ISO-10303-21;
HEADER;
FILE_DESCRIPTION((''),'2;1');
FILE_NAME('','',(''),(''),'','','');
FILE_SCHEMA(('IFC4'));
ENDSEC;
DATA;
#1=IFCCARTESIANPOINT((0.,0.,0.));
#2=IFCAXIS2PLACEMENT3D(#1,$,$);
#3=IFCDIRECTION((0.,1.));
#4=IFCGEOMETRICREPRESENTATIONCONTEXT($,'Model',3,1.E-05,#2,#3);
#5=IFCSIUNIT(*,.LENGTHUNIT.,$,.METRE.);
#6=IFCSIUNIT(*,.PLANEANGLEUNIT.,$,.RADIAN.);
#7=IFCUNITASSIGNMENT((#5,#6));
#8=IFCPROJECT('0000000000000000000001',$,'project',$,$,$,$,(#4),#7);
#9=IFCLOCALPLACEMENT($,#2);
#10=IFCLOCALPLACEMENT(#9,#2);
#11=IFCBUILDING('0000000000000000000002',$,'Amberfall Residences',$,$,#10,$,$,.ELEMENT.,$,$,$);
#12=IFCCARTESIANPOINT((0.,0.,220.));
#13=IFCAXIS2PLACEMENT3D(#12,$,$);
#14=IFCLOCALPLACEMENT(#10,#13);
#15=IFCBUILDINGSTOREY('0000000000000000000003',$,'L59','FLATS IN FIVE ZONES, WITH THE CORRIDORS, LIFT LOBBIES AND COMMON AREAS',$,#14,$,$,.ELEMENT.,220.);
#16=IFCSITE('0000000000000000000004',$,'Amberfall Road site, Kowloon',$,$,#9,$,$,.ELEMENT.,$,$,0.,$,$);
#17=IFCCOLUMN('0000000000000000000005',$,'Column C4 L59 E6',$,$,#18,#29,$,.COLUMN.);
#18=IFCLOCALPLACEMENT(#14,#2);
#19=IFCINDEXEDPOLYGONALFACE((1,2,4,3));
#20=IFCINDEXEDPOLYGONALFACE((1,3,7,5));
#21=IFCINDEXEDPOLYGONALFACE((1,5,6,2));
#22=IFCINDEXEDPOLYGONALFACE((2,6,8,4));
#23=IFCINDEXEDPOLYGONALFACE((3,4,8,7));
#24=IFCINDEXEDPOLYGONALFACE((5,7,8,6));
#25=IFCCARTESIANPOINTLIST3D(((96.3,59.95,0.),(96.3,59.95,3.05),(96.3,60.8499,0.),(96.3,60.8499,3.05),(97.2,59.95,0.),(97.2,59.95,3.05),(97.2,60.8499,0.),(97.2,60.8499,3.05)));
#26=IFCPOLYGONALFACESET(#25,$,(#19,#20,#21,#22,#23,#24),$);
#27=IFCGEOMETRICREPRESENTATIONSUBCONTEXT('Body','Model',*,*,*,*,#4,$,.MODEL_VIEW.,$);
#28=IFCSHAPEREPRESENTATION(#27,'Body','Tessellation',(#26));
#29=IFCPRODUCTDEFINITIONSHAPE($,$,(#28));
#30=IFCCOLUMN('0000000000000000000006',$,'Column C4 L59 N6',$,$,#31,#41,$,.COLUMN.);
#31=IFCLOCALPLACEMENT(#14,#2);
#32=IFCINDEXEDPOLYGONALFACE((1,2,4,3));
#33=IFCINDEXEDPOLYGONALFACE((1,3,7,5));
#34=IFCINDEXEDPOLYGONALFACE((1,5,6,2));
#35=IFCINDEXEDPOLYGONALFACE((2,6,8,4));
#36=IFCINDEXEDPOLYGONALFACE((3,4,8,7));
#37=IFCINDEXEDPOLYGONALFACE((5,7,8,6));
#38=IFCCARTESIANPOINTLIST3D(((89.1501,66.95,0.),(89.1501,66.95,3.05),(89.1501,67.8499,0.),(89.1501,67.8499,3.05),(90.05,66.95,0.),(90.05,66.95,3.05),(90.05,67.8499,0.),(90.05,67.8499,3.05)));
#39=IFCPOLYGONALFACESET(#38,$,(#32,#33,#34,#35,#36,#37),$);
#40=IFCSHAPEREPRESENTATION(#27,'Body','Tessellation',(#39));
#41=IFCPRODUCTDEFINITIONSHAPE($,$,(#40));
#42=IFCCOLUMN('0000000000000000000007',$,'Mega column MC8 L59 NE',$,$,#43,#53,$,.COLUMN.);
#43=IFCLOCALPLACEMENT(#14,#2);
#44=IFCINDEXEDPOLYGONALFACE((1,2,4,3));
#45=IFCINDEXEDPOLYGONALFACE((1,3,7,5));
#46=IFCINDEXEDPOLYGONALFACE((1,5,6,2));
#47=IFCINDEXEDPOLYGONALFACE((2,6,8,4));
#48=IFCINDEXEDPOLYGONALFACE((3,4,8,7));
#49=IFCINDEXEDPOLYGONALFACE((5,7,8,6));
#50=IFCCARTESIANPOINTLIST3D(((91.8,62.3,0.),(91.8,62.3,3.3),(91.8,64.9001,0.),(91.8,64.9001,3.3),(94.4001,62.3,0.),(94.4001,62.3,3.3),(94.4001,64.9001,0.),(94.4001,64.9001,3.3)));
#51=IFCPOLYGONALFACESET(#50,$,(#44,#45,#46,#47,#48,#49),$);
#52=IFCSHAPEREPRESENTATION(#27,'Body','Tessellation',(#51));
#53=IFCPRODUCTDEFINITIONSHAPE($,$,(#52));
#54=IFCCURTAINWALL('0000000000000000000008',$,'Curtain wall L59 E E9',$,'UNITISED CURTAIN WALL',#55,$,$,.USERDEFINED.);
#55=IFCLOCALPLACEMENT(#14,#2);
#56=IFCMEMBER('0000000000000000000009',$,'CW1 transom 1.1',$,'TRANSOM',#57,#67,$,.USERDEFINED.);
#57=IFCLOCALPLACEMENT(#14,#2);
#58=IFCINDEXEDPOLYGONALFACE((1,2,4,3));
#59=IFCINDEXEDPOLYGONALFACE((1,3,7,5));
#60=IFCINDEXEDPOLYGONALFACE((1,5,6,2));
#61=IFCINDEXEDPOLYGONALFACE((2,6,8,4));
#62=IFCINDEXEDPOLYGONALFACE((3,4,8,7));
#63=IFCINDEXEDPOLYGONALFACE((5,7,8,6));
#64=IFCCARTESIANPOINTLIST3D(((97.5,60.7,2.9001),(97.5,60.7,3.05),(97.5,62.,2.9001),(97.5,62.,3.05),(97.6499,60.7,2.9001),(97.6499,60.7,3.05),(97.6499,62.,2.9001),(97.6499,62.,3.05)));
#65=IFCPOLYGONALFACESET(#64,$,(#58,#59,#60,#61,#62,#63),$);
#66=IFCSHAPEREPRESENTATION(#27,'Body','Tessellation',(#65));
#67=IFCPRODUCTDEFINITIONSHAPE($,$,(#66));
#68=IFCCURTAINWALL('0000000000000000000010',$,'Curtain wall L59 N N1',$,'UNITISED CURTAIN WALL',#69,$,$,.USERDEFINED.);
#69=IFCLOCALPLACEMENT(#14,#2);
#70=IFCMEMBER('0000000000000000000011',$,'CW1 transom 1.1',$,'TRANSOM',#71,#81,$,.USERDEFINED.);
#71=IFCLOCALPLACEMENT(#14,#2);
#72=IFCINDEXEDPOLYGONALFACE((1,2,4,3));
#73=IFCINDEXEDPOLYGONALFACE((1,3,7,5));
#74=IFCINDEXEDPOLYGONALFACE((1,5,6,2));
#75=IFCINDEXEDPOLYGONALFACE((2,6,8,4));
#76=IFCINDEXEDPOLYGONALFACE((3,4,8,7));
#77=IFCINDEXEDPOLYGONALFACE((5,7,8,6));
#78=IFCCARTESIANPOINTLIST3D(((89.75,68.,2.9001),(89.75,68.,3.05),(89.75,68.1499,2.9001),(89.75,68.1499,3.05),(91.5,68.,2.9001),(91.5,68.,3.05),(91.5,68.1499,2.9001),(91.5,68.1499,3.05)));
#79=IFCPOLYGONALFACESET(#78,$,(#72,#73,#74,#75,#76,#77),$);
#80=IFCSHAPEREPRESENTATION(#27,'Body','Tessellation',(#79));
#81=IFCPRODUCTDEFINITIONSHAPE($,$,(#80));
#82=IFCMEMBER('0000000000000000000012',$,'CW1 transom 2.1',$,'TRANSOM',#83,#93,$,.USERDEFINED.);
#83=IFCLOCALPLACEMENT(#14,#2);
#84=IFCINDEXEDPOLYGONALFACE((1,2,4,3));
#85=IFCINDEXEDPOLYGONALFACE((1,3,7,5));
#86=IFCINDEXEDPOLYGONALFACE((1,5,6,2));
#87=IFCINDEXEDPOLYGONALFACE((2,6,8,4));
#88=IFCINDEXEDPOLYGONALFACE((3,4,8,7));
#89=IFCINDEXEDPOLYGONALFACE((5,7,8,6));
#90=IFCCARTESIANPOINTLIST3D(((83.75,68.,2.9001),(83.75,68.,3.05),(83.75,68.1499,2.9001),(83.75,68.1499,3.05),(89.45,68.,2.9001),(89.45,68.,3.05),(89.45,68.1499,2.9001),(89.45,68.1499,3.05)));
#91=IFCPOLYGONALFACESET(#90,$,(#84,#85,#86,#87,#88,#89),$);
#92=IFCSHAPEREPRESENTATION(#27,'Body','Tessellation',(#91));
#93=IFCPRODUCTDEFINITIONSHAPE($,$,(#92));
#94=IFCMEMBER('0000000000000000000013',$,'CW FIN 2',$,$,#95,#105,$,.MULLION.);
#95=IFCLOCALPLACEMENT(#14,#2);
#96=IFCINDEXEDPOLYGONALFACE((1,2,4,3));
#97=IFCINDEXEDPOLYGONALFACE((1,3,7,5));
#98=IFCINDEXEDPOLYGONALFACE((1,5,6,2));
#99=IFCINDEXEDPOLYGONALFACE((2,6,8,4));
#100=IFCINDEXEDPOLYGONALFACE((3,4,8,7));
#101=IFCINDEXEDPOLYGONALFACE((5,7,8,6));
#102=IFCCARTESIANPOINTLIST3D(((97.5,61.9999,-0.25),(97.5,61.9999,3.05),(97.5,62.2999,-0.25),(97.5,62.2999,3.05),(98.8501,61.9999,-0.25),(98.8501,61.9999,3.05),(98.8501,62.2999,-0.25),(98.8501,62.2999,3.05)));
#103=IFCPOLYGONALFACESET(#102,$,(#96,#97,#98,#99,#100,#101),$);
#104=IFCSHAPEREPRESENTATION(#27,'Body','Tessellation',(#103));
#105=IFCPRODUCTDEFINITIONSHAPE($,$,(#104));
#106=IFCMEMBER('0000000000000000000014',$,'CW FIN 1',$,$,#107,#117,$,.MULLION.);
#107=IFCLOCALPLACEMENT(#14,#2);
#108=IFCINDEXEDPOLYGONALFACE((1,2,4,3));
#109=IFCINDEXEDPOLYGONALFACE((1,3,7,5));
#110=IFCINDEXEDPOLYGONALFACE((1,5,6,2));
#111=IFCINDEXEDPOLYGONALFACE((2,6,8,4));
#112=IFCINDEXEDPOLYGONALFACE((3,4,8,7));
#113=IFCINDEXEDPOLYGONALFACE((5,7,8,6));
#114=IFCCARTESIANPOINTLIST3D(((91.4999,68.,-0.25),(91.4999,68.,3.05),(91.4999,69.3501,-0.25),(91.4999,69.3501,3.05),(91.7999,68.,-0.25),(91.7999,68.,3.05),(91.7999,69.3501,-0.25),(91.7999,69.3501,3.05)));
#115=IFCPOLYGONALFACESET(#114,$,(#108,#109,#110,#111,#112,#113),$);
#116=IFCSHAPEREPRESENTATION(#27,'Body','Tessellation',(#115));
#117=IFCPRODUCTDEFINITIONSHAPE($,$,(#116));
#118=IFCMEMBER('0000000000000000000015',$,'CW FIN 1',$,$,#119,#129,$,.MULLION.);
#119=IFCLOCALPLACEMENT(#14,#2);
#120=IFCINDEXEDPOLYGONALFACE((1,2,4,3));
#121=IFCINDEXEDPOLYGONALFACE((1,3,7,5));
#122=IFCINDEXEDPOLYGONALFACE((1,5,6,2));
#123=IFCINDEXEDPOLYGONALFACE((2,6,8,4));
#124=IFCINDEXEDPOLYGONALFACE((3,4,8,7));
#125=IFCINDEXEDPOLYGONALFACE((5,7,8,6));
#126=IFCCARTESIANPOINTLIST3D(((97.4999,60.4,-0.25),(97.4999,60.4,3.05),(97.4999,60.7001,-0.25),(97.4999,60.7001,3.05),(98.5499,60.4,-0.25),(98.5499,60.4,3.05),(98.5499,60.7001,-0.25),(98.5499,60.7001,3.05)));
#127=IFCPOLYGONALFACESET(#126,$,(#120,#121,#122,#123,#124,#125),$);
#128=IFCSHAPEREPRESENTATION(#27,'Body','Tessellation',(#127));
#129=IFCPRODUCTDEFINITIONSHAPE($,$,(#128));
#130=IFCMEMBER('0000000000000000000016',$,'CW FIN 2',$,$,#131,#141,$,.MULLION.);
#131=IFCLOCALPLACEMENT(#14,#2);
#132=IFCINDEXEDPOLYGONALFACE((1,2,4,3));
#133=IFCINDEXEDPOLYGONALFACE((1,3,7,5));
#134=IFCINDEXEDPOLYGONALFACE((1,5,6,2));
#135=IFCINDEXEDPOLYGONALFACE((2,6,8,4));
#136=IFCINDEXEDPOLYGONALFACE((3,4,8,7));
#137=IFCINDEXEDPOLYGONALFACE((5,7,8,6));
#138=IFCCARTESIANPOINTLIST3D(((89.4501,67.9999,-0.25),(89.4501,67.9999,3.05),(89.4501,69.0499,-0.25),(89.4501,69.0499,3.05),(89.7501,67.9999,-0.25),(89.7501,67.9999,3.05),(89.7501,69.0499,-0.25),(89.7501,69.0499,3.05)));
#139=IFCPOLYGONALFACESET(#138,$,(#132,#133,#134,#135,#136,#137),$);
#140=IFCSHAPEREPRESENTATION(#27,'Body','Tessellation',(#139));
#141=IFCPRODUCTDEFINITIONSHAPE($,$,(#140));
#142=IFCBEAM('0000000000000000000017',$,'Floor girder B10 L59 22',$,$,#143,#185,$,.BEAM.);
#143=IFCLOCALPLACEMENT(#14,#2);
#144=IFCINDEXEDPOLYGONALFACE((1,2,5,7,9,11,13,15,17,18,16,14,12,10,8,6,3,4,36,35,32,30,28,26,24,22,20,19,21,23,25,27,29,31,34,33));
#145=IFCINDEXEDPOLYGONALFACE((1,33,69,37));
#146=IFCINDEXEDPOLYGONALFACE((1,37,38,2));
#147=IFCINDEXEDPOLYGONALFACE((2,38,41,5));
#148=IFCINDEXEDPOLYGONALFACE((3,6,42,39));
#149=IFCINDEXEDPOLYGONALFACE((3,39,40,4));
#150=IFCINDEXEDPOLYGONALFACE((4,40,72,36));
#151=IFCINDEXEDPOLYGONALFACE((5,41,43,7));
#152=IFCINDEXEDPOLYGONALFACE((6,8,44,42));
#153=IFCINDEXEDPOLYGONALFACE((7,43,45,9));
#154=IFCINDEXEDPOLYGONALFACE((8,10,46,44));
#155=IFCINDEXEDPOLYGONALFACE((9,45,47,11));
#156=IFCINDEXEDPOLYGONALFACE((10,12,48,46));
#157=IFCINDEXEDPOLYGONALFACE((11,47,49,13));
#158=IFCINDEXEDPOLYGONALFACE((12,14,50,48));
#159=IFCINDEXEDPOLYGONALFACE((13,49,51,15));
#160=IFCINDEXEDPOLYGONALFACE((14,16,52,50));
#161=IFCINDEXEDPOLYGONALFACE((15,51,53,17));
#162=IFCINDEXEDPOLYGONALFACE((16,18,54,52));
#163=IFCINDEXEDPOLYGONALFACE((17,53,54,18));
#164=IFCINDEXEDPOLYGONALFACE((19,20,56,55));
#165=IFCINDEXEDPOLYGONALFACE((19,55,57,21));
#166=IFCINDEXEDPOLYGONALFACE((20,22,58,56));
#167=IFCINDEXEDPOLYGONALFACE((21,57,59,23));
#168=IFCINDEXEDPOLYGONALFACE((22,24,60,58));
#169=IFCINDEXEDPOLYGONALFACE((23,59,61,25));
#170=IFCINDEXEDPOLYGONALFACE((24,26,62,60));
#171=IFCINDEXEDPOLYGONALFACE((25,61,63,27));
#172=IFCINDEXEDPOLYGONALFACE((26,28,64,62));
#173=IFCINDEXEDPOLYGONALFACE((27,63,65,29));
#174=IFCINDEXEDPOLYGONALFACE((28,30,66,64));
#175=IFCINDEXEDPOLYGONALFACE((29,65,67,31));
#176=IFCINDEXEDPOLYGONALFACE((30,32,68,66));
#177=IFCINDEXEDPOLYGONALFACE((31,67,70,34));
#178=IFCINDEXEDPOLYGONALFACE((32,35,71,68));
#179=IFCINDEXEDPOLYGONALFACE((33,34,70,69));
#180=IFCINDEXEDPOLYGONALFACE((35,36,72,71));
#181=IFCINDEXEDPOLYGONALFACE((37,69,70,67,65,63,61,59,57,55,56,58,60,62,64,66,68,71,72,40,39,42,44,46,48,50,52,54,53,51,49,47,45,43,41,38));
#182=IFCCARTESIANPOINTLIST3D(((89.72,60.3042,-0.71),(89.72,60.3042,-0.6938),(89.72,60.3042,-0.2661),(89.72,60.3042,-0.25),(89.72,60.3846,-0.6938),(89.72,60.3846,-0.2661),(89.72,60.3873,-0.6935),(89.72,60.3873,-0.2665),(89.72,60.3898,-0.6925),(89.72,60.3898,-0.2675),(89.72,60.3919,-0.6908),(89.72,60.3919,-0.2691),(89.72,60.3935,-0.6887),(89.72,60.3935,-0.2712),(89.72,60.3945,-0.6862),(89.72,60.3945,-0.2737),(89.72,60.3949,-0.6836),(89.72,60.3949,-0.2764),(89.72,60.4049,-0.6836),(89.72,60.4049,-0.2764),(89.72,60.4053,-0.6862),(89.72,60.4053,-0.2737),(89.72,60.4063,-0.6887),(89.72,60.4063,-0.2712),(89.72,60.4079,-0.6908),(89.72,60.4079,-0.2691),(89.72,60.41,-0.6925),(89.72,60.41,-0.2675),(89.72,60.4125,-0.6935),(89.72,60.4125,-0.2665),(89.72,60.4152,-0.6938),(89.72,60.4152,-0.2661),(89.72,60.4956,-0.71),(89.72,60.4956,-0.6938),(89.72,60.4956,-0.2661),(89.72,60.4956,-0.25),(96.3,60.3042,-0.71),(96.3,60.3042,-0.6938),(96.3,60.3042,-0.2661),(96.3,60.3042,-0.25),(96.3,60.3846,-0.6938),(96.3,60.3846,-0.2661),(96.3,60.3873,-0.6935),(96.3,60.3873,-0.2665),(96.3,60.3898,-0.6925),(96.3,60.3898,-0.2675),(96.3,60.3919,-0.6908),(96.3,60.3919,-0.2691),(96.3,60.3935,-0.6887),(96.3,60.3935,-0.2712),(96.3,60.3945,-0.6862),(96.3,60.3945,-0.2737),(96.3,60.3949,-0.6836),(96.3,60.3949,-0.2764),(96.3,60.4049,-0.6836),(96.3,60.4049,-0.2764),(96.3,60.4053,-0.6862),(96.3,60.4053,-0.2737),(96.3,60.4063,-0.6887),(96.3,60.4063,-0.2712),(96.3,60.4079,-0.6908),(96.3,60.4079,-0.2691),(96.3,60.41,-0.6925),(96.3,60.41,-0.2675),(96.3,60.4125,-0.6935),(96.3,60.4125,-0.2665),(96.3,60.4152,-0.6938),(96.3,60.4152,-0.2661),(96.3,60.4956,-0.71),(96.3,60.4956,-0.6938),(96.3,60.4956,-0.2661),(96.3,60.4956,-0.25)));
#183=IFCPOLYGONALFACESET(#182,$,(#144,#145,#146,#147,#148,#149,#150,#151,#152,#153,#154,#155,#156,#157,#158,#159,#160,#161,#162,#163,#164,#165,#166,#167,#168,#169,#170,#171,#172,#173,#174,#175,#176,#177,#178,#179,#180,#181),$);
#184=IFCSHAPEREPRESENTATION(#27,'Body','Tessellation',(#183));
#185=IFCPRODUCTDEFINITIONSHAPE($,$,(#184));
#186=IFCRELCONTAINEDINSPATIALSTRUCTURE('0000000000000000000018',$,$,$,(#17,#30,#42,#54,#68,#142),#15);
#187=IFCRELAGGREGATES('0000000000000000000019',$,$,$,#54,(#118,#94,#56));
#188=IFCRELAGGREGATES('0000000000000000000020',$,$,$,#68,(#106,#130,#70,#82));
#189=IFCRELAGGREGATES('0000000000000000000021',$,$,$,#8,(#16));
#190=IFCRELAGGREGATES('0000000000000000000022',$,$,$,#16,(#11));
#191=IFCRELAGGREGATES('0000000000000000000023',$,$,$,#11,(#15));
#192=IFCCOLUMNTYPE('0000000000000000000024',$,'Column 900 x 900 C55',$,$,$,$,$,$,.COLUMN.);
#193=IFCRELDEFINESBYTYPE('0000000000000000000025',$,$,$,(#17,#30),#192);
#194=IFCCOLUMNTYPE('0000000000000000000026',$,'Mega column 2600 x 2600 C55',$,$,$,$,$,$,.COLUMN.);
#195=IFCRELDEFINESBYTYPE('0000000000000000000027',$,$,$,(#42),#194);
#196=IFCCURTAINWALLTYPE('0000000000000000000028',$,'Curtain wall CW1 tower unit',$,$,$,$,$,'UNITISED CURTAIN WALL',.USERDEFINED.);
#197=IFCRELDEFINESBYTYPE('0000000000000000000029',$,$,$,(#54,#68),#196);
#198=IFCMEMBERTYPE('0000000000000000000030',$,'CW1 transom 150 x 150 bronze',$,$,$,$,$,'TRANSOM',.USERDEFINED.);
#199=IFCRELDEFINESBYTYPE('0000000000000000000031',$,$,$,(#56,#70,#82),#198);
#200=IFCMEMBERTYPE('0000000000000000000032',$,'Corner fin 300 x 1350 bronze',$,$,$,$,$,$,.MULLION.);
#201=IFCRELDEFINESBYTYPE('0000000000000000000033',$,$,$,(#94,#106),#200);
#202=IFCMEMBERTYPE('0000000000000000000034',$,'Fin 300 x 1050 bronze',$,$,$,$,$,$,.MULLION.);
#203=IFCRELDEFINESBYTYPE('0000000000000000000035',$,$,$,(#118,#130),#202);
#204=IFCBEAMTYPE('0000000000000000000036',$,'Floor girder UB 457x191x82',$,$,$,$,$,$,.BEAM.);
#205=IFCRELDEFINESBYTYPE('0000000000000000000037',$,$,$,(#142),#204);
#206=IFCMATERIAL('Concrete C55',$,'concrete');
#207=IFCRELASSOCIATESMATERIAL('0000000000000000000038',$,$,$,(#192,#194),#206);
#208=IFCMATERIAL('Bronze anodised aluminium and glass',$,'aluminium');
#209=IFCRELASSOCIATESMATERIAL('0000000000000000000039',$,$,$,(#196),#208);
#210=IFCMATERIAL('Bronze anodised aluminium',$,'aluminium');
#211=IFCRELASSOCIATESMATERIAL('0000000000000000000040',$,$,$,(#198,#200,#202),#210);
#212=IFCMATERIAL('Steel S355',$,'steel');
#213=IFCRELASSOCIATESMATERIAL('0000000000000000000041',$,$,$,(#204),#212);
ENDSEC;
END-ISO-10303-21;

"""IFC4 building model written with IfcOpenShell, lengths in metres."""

from ifc_helpers import new_model, si_unit, direction, frame, origin, origin_2d, place, context, subcontext, project, spatial, rectangle, i_section, extrude, material, material_profile, profile_set, type_object, element, aggregate, save


model = new_model("IFC4")

# Units and contexts
model_context = context("Model", 3, precision=1e-05, world=origin(), true_north=direction((0.0, 1.0)))
body_context = subcontext(model_context, "Body", "Model", "MODEL_VIEW")
ifc_project = project(units=[si_unit("LENGTHUNIT", "METRE"), si_unit("PLANEANGLEUNIT", "RADIAN")], contexts=[model_context])

# Site, building, storey
site_placement = place(None, origin())
site = spatial("IfcSite", under=ifc_project, at=site_placement, Name="Amberfall Road site, Kowloon", CompositionType="ELEMENT", RefElevation=0.0)
building_placement = place(site_placement, origin())
building = spatial("IfcBuilding", under=site, at=building_placement, Name="Amberfall Residences", CompositionType="ELEMENT")
storey_placement = place(building_placement, frame((0.0, 0.0, 220.0)))
storey = spatial("IfcBuildingStorey", under=building, at=storey_placement, Name="L59", Description="FLATS IN FIVE ZONES, WITH THE CORRIDORS, LIFT LOBBIES AND COMMON AREAS", CompositionType="ELEMENT", Elevation=220.0)

# Columns
ifc_material_1 = material(Name="Concrete C55", Category="concrete")
ifc_material_profile_1 = material_profile(ifc_material_1, rectangle(XDim=0.8999, YDim=0.8999, at=origin_2d()), Name="Column 900 x 900 C55")
ifc_profile_set_1 = profile_set([ifc_material_profile_1], Name="Concrete C55")
column_type_1 = type_object("IfcColumnType", Name="Column 900 x 900 C55", PredefinedType="COLUMN", material=ifc_profile_set_1)
for number, where, z_axis, x_axis, name in (
    (1, (96.75, 60.3999, 0.0), (0.0, 0.0, 1.0), (1.0, 0.0, 0.0), "Column C4 L59 E6"),
    (2, (89.6001, 67.3999, 0.0), (0.0, 0.0, 1.0), (1.0, 0.0, 0.0), "Column C4 L59 N6"),
):
    element("IfcColumn", number, at=place(storey_placement, frame(where, z_axis=z_axis, x_axis=x_axis)), inside=storey, type_object=column_type_1, Name=name, PredefinedType="COLUMN", context=body_context, shape_type="SweptSolid", body=[
        extrude(rectangle(XDim=0.8999, YDim=0.8999, at=origin_2d()), origin(), (0.0, 0.0, 1.0), 3.05),
    ])
ifc_material_profile_2 = material_profile(ifc_material_1, rectangle(XDim=2.6001, YDim=2.6001, at=origin_2d()), Name="Mega column 2600 x 2600 C55")
ifc_profile_set_2 = profile_set([ifc_material_profile_2], Name="Concrete C55")
column_type_2 = type_object("IfcColumnType", Name="Mega column 2600 x 2600 C55", PredefinedType="COLUMN", material=ifc_profile_set_2)
column_placement = place(storey_placement, frame((93.1001, 63.6001, 0.0), z_axis=(0.0, 0.0, 1.0), x_axis=(1.0, 0.0, 0.0)))
element("IfcColumn", 3, at=column_placement, inside=storey, type_object=column_type_2, Name="Mega column MC8 L59 NE", PredefinedType="COLUMN", context=body_context, shape_type="SweptSolid", body=[
    extrude(rectangle(XDim=2.6001, YDim=2.6001, at=origin_2d()), origin(), (0.0, 0.0, 1.0), 3.3),
])

# Curtain wall, member
ifc_material_2 = material(Name="Bronze anodised aluminium and glass", Category="aluminium")
curtain_wall_type = type_object("IfcCurtainWallType", Name="Curtain wall CW1 tower unit", ElementType="UNITISED CURTAIN WALL", PredefinedType="USERDEFINED", material=ifc_material_2)
curtain_wall_1_placement = place(storey_placement, origin())
curtain_wall_1 = element("IfcCurtainWall", 4, at=curtain_wall_1_placement, inside=storey, type_object=curtain_wall_type, Name="Curtain wall L59 E E9", ObjectType="UNITISED CURTAIN WALL", PredefinedType="USERDEFINED")
ifc_material_3 = material(Name="Bronze anodised aluminium", Category="aluminium")
ifc_material_profile_3 = material_profile(ifc_material_3, rectangle(XDim=0.1499, YDim=0.1499, at=origin_2d()), Name="CW1 transom 150 x 150 bronze")
ifc_profile_set_3 = profile_set([ifc_material_profile_3], Name="Bronze anodised aluminium")
member_type_1 = type_object("IfcMemberType", Name="CW1 transom 150 x 150 bronze", ElementType="TRANSOM", PredefinedType="USERDEFINED", material=ifc_profile_set_3)
member_1_placement = place(storey_placement, frame((97.575, 60.7, 2.9751), z_axis=(0.0, 1.0, 0.0), x_axis=(-1.0, 0.0, 0.0)))
member_1 = element("IfcMember", 5, at=member_1_placement, type_object=member_type_1, Name="CW1 transom 1.1", ObjectType="TRANSOM", PredefinedType="USERDEFINED", context=body_context, shape_type="SweptSolid", body=[
    extrude(rectangle(XDim=0.1499, YDim=0.1499, at=origin_2d()), origin(), (0.0, 0.0, 1.0), 1.3),
])

# Curtain wall, members
curtain_wall_2_placement = place(storey_placement, origin())
curtain_wall_2 = element("IfcCurtainWall", 6, at=curtain_wall_2_placement, inside=storey, type_object=curtain_wall_type, Name="Curtain wall L59 N N1", ObjectType="UNITISED CURTAIN WALL", PredefinedType="USERDEFINED")
member_2_placement = place(storey_placement, frame((91.5, 68.075, 2.9751), z_axis=(-1.0, 0.0, 0.0), x_axis=(0.0, -1.0, 0.0)))
member_2 = element("IfcMember", 7, at=member_2_placement, type_object=member_type_1, Name="CW1 transom 1.1", ObjectType="TRANSOM", PredefinedType="USERDEFINED", context=body_context, shape_type="SweptSolid", body=[
    extrude(rectangle(XDim=0.1499, YDim=0.1499, at=origin_2d()), origin(), (0.0, 0.0, 1.0), 1.75),
])
member_3_placement = place(storey_placement, frame((89.45, 68.075, 2.9751), z_axis=(-1.0, 0.0, 0.0), x_axis=(0.0, -1.0, 0.0)))
member_3 = element("IfcMember", 8, at=member_3_placement, type_object=member_type_1, Name="CW1 transom 2.1", ObjectType="TRANSOM", PredefinedType="USERDEFINED", context=body_context, shape_type="SweptSolid", body=[
    extrude(rectangle(XDim=0.1499, YDim=0.1499, at=origin_2d()), origin(), (0.0, 0.0, 1.0), 5.7),
])

# Members
ifc_material_profile_4 = material_profile(ifc_material_3, rectangle(XDim=1.3501, YDim=0.3, at=origin_2d()), Name="Corner fin 300 x 1350 bronze")
ifc_profile_set_4 = profile_set([ifc_material_profile_4], Name="Bronze anodised aluminium")
member_type_2 = type_object("IfcMemberType", Name="Corner fin 300 x 1350 bronze", PredefinedType="MULLION", material=ifc_profile_set_4)
member_4_placement = place(storey_placement, frame((98.175, 62.1499, -0.25), z_axis=(0.0, 0.0, 1.0), x_axis=(-1.0, 0.0, 0.0)))
member_4 = element("IfcMember", 9, at=member_4_placement, type_object=member_type_2, Name="CW FIN 2", PredefinedType="MULLION", context=body_context, shape_type="SweptSolid", body=[
    extrude(rectangle(XDim=1.3501, YDim=0.3, at=origin_2d()), origin(), (0.0, 0.0, 1.0), 3.3),
])
member_5_placement = place(storey_placement, frame((91.6499, 68.675, -0.25), z_axis=(0.0, 0.0, 1.0), x_axis=(0.0, -1.0, 0.0)))
member_5 = element("IfcMember", 10, at=member_5_placement, type_object=member_type_2, Name="CW FIN 1", PredefinedType="MULLION", context=body_context, shape_type="SweptSolid", body=[
    extrude(rectangle(XDim=1.3501, YDim=0.3, at=origin_2d()), origin(), (0.0, 0.0, 1.0), 3.3),
])
ifc_material_profile_5 = material_profile(ifc_material_3, rectangle(XDim=1.05, YDim=0.3, at=origin_2d()), Name="Fin 300 x 1050 bronze")
ifc_profile_set_5 = profile_set([ifc_material_profile_5], Name="Bronze anodised aluminium")
member_type_3 = type_object("IfcMemberType", Name="Fin 300 x 1050 bronze", PredefinedType="MULLION", material=ifc_profile_set_5)
member_6_placement = place(storey_placement, frame((98.0249, 60.55, -0.25), z_axis=(0.0, 0.0, 1.0), x_axis=(-1.0, 0.0, 0.0)))
member_6 = element("IfcMember", 11, at=member_6_placement, type_object=member_type_3, Name="CW FIN 1", PredefinedType="MULLION", context=body_context, shape_type="SweptSolid", body=[
    extrude(rectangle(XDim=1.05, YDim=0.3, at=origin_2d()), origin(), (0.0, 0.0, 1.0), 3.3),
])
member_7_placement = place(storey_placement, frame((89.6001, 68.5249, -0.25), z_axis=(0.0, 0.0, 1.0), x_axis=(0.0, -1.0, 0.0)))
member_7 = element("IfcMember", 12, at=member_7_placement, type_object=member_type_3, Name="CW FIN 2", PredefinedType="MULLION", context=body_context, shape_type="SweptSolid", body=[
    extrude(rectangle(XDim=1.05, YDim=0.3, at=origin_2d()), origin(), (0.0, 0.0, 1.0), 3.3),
])

# Beam
ifc_material_4 = material(Name="Steel S355", Category="steel")
ifc_material_profile_6 = material_profile(ifc_material_4, i_section(OverallWidth=0.1914, OverallDepth=0.46, WebThickness=0.01, FlangeThickness=0.0161, FilletRadius=0.0103, at=origin_2d()), Name="UB 457x191x82")
ifc_profile_set_6 = profile_set([ifc_material_profile_6], Name="Steel S355")
beam_type_1 = type_object("IfcBeamType", Name="Floor girder UB 457x191x82", PredefinedType="BEAM", material=ifc_profile_set_6)
beam_1_placement = place(storey_placement, frame((96.3, 60.3999, -0.48), z_axis=(-1.0, 0.0, 0.0), x_axis=(0.0, -1.0, 0.0)))
element("IfcBeam", 13, at=beam_1_placement, inside=storey, type_object=beam_type_1, Name="Floor girder B10 L59 22", PredefinedType="BEAM", context=body_context, shape_type="SweptSolid", body=[
    extrude(i_section(OverallWidth=0.1914, OverallDepth=0.46, WebThickness=0.01, FlangeThickness=0.0161, FilletRadius=0.0103, at=origin_2d()), origin(), (0.0, 0.0, 1.0), 6.5801),
])

aggregate(curtain_wall_1, [member_6, member_4, member_1])
aggregate(curtain_wall_2, [member_5, member_7, member_2, member_3])

save(model, "model.ifc")
